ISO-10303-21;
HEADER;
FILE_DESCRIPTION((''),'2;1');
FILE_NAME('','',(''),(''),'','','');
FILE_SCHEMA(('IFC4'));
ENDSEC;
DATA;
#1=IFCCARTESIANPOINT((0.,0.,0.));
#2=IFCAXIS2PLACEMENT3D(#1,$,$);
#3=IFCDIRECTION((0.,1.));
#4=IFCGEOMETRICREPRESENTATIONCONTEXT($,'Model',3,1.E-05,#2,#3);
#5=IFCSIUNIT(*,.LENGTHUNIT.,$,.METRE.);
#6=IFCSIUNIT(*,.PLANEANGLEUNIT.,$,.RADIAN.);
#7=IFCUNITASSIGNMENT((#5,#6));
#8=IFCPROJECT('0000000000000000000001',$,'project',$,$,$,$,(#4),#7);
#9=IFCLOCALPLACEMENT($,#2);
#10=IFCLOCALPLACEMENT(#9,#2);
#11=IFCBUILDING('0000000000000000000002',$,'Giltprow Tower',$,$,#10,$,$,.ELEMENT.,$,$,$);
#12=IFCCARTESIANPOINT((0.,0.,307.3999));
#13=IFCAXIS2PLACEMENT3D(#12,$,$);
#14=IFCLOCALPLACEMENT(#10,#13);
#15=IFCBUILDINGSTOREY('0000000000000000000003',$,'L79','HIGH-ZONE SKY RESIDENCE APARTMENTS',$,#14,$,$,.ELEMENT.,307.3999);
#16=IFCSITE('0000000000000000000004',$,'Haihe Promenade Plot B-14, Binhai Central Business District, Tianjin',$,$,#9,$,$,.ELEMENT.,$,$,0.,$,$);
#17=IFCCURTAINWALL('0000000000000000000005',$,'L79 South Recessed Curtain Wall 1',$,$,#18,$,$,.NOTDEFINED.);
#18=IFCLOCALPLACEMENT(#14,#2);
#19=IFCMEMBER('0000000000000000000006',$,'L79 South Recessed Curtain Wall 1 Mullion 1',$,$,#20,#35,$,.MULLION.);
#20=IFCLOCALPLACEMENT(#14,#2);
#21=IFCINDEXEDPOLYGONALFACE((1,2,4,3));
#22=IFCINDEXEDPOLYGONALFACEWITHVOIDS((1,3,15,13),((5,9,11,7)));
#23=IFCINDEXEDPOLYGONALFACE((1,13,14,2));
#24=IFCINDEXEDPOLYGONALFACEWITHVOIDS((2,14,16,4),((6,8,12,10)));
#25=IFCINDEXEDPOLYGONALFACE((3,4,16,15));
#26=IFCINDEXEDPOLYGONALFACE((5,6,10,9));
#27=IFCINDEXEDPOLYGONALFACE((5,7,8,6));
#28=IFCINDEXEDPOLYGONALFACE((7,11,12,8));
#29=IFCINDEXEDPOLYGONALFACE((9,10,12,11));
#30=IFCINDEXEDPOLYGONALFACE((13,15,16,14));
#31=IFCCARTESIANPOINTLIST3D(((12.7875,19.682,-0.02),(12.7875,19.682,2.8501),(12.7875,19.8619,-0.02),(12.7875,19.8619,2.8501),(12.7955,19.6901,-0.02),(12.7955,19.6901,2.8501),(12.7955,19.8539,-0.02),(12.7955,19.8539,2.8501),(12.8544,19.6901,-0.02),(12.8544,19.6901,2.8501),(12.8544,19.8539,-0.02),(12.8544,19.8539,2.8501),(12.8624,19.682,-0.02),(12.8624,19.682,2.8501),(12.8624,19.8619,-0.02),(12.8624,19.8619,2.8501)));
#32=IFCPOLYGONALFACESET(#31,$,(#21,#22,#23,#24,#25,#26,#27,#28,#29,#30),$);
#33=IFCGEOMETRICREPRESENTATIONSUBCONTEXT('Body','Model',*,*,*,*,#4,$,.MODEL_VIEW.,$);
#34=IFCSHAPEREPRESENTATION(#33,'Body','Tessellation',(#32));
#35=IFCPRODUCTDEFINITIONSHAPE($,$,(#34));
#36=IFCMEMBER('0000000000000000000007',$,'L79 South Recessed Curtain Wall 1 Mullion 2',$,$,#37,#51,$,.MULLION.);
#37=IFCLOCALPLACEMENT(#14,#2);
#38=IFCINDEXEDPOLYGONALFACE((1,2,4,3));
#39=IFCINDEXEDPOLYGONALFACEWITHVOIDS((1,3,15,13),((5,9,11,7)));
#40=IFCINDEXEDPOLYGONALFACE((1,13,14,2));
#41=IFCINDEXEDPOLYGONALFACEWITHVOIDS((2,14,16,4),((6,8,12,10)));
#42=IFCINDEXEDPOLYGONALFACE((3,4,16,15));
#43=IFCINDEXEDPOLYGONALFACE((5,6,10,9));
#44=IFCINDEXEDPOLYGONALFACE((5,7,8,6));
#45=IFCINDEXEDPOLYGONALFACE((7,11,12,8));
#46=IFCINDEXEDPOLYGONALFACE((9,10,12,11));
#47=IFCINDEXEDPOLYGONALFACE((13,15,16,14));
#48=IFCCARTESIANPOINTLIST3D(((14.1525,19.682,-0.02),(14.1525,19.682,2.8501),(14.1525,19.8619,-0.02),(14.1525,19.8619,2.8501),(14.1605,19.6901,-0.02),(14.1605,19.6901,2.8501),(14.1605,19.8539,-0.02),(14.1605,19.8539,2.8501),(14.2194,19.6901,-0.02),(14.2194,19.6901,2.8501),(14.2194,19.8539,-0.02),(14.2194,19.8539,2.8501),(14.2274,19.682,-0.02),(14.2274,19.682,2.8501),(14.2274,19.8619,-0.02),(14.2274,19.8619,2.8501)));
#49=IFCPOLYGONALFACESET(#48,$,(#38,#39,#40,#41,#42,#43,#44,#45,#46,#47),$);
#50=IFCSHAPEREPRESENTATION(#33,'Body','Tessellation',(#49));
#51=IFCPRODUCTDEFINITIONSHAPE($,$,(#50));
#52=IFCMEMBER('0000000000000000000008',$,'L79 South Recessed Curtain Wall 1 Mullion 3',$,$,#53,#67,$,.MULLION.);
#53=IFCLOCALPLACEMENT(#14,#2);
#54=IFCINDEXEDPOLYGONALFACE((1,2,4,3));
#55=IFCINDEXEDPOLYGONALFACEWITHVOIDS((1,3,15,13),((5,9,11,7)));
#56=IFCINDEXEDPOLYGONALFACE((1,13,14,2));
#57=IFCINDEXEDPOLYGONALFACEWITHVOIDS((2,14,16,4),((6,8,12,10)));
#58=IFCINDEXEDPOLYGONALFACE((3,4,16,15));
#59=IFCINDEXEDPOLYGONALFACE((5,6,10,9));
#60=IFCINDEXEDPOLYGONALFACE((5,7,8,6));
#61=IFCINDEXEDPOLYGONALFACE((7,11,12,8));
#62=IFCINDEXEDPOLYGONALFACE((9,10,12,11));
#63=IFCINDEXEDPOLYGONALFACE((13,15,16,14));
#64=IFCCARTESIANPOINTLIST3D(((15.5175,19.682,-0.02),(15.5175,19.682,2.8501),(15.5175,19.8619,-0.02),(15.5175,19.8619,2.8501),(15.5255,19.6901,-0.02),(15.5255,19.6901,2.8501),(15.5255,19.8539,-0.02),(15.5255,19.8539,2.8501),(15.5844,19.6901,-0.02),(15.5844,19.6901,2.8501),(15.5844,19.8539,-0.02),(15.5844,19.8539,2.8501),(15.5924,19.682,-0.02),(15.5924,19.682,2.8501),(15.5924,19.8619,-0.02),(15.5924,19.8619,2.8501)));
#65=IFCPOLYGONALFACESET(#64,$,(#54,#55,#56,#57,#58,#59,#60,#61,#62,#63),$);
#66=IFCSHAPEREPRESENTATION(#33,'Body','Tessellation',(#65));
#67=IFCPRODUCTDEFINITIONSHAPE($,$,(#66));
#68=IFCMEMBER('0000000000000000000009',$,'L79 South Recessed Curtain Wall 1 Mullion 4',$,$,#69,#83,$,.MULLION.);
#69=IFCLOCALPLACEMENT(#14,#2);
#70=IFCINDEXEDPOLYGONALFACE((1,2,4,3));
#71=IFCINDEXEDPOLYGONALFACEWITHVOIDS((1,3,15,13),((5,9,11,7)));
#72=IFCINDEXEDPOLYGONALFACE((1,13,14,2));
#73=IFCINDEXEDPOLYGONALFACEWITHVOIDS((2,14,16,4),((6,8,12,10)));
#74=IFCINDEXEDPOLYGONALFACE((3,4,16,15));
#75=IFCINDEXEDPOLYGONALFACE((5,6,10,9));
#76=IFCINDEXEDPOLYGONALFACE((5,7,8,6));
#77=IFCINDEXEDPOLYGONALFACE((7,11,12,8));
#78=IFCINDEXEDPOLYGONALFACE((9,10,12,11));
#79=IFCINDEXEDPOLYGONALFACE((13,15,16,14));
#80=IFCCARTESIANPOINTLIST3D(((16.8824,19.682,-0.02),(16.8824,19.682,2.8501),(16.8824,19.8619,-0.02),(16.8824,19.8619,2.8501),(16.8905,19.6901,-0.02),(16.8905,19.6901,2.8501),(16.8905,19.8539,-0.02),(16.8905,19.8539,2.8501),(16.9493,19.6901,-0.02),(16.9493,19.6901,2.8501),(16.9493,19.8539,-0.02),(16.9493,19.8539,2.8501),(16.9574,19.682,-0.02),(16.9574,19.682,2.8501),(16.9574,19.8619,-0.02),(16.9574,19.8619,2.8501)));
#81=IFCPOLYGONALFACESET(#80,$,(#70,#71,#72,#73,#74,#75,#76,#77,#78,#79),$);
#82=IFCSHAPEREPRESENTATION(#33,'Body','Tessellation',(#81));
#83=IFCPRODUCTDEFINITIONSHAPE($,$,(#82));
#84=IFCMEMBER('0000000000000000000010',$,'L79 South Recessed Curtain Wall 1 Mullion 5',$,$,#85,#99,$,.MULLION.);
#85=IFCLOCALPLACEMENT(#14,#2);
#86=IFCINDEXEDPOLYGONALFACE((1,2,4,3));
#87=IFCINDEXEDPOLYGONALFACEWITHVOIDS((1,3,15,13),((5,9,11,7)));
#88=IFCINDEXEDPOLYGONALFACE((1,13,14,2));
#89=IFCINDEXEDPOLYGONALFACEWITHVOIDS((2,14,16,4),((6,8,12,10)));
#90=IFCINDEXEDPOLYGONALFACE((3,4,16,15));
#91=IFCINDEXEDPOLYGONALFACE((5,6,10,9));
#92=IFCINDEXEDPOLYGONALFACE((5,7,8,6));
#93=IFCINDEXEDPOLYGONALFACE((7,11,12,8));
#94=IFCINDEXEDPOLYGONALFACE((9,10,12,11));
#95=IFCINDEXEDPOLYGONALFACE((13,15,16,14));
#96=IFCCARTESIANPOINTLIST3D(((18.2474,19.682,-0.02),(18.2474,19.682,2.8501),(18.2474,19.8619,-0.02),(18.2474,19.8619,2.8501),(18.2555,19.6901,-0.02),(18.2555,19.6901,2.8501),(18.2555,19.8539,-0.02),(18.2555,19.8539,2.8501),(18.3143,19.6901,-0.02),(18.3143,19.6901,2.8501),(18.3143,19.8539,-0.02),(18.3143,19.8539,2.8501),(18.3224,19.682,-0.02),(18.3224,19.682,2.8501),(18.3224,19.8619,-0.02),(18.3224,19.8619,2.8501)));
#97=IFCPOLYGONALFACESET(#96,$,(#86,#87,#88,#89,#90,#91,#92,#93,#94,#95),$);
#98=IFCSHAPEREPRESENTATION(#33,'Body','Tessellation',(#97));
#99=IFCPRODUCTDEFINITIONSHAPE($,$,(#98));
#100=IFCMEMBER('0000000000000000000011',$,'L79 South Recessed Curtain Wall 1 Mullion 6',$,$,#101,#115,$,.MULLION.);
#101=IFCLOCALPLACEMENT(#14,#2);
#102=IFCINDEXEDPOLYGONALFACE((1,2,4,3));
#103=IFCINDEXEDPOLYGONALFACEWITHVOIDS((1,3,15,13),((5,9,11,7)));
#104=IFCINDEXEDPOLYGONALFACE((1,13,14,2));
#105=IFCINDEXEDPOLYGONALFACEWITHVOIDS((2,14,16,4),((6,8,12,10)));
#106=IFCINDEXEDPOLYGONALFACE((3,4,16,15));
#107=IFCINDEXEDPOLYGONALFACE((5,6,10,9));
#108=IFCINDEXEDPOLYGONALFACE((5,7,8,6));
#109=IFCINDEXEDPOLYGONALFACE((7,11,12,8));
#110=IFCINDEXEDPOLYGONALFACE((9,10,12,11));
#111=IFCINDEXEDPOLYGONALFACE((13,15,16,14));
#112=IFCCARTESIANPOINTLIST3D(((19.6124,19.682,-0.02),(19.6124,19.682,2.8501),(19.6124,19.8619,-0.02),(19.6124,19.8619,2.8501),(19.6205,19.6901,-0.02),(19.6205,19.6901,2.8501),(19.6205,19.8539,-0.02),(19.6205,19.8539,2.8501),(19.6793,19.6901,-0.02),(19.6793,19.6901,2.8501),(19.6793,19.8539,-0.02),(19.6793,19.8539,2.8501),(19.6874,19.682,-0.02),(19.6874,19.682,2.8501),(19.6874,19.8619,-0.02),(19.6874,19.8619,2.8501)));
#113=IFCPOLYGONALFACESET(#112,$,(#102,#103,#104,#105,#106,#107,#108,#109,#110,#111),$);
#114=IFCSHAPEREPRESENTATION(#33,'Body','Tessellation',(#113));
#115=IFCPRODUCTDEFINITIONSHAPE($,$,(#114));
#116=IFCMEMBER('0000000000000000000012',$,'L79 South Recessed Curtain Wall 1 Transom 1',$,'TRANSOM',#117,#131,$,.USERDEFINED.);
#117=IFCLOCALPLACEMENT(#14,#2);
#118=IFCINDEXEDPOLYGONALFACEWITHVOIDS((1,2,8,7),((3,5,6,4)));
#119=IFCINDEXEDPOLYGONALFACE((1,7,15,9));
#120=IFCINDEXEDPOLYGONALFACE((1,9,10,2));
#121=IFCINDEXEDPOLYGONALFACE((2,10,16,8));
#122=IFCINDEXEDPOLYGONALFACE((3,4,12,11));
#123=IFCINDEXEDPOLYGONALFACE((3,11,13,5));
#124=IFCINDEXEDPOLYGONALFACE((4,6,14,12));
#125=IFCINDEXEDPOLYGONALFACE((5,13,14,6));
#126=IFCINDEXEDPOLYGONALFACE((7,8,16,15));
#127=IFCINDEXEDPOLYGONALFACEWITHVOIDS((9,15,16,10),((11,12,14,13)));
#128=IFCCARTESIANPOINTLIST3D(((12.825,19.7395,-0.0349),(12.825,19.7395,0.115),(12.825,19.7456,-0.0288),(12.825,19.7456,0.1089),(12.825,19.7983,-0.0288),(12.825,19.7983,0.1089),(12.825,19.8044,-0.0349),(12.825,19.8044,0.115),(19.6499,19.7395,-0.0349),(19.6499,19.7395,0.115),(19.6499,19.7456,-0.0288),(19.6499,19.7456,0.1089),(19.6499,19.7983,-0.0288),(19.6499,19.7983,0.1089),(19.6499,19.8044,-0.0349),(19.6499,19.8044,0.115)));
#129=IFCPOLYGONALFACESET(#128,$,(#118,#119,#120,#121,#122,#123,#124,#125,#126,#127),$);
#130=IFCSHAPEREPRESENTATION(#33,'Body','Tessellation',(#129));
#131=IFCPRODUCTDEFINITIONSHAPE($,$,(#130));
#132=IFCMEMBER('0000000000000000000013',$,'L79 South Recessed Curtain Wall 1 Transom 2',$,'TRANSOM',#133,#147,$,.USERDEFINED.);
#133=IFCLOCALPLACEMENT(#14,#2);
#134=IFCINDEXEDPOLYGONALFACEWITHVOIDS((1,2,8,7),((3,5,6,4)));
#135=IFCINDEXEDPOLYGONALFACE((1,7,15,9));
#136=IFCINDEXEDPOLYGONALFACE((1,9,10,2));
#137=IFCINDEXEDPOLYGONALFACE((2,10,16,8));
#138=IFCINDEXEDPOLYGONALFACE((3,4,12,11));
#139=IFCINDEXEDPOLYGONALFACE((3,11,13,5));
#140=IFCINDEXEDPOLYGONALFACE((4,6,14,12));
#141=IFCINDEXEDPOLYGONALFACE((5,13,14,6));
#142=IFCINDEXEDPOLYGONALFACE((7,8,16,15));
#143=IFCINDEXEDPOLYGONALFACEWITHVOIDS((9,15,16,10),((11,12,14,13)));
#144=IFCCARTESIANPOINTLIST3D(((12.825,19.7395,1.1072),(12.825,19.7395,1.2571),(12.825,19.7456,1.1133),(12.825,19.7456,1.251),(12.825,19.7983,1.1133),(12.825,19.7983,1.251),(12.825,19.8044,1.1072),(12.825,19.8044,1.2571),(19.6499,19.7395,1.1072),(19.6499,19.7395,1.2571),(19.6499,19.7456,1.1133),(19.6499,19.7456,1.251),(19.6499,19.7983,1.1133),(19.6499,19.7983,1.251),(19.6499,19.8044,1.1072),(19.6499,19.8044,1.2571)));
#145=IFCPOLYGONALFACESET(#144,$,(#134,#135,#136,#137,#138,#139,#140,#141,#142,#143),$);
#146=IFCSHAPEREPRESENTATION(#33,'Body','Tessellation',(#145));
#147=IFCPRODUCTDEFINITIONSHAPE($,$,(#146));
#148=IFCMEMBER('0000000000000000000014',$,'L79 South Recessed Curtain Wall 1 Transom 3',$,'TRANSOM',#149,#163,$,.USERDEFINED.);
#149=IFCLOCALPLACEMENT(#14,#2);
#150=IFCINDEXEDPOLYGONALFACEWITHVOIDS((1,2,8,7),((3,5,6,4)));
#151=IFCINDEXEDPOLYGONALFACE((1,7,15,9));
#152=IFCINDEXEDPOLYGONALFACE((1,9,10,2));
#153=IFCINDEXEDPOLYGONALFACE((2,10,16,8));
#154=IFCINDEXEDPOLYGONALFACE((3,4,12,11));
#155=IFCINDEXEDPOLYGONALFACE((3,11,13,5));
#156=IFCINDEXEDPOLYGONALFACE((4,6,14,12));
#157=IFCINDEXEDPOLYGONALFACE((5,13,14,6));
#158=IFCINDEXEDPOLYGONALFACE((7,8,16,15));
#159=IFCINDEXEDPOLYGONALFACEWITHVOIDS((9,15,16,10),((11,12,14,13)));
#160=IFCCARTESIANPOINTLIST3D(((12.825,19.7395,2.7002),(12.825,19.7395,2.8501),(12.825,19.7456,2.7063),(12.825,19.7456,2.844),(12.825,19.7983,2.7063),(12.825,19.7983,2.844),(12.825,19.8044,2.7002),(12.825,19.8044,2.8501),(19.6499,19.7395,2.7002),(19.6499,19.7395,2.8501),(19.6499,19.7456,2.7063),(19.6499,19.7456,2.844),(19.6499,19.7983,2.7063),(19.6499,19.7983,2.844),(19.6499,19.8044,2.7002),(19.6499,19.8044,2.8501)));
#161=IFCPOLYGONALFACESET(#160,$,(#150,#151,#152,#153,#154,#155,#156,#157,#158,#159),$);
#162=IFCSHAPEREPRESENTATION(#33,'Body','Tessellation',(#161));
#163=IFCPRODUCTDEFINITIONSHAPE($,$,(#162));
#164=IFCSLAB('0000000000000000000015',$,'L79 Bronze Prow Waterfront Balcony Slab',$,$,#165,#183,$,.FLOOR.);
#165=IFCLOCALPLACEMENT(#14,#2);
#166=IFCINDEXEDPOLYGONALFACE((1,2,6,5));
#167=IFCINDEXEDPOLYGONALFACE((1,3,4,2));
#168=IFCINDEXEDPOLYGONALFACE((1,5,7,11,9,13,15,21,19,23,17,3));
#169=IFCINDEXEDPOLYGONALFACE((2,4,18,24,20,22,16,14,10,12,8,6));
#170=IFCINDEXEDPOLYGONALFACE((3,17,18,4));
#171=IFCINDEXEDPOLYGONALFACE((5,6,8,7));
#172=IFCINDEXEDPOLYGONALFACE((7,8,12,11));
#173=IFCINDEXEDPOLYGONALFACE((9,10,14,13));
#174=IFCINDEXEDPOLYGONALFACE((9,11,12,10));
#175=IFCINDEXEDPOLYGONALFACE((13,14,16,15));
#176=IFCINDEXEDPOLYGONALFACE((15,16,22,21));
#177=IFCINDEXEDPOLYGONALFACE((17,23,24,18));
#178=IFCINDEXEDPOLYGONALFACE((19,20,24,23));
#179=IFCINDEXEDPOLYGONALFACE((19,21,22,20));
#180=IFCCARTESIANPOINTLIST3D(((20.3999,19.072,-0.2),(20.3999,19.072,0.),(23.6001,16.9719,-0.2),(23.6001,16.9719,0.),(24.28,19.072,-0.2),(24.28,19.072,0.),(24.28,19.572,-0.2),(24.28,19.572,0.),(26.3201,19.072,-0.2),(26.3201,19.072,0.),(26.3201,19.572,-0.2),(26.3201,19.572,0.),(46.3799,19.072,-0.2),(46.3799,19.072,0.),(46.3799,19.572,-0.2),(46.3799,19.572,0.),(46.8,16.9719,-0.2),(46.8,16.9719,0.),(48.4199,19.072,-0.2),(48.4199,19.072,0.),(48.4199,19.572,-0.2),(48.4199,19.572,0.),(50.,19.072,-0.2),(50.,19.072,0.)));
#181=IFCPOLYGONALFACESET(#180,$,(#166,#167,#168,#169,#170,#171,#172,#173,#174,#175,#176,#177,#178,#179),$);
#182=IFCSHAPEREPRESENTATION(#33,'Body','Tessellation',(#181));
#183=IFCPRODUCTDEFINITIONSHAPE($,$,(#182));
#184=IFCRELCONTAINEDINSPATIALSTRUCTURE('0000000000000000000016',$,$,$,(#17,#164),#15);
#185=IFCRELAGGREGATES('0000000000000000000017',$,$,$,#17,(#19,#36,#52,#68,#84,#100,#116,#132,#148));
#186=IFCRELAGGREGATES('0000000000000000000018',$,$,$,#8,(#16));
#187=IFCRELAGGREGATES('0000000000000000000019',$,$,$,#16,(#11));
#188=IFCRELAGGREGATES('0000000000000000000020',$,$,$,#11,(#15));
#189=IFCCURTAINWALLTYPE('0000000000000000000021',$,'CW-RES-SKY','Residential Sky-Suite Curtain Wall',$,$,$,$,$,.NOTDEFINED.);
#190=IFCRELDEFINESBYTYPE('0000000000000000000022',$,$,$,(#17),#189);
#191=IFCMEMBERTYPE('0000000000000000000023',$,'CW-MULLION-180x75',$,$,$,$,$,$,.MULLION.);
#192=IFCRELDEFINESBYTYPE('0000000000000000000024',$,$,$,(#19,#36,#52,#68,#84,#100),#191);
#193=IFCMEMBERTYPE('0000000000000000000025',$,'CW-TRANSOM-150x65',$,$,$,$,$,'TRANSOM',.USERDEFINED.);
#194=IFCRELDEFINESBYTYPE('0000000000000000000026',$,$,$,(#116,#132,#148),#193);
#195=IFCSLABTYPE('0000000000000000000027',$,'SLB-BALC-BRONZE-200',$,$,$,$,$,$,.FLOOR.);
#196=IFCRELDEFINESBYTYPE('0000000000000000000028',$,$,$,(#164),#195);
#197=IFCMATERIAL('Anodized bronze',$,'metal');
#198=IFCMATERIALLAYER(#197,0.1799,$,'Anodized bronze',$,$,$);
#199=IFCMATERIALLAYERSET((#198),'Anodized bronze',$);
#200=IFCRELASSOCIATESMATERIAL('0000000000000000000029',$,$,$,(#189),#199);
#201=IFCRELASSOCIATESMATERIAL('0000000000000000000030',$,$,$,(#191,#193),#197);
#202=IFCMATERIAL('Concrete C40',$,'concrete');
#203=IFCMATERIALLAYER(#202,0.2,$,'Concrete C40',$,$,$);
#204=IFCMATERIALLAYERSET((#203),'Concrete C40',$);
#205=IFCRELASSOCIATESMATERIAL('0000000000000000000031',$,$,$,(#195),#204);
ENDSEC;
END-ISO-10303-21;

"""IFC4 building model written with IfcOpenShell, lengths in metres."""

from ifc_helpers import new_model, si_unit, direction, frame, origin, origin_2d, place, context, subcontext, project, spatial, polyline, hollow_rectangle, outline, extrude, source, transform, mapped, material, layer, layer_set, material_profile, profile_set, type_object, element, aggregate, save


model = new_model("IFC4")

# Units and contexts
model_context = context("Model", 3, precision=1e-05, world=origin(), true_north=direction((0.0, 1.0)))
body_context = subcontext(model_context, "Body", "Model", "MODEL_VIEW")
ifc_project = project(units=[si_unit("LENGTHUNIT", "METRE"), si_unit("PLANEANGLEUNIT", "RADIAN")], contexts=[model_context])

# Site, building, storey
site_placement = place(None, origin())
site = spatial("IfcSite", under=ifc_project, at=site_placement, Name="Haihe Promenade Plot B-14, Binhai Central Business District, Tianjin", CompositionType="ELEMENT", RefElevation=0.0)
building_placement = place(site_placement, origin())
building = spatial("IfcBuilding", under=site, at=building_placement, Name="Giltprow Tower", CompositionType="ELEMENT")
storey_placement = place(building_placement, frame((0.0, 0.0, 307.3999)))
storey = spatial("IfcBuildingStorey", under=building, at=storey_placement, Name="L79", Description="HIGH-ZONE SKY RESIDENCE APARTMENTS", CompositionType="ELEMENT", Elevation=307.3999)

# Curtain wall, members
ifc_material_1 = material(Name="Anodized bronze", Category="metal")
ifc_layer_1 = layer(ifc_material_1, 0.1799, Name="Anodized bronze")
ifc_layer_set_1 = layer_set([ifc_layer_1], Name="Anodized bronze")
curtain_wall_type = type_object("IfcCurtainWallType", Name="CW-RES-SKY", Description="Residential Sky-Suite Curtain Wall", PredefinedType="NOTDEFINED", material=ifc_layer_set_1)
curtain_wall_placement = place(storey_placement, origin())
curtain_wall = element("IfcCurtainWall", 1, at=curtain_wall_placement, inside=storey, type_object=curtain_wall_type, Name="L79 South Recessed Curtain Wall 1", PredefinedType="NOTDEFINED")
ifc_material_profile_1 = material_profile(ifc_material_1, hollow_rectangle(XDim=0.075, YDim=0.1799, WallThickness=0.0081, at=origin_2d()), Name="RHS 180x75x8")
ifc_profile_set_1 = profile_set([ifc_material_profile_1], Name="Anodized bronze")
member_type_1 = type_object("IfcMemberType", Name="CW-MULLION-180x75", PredefinedType="MULLION", material=ifc_profile_set_1)
shared_shape_1 = source(origin(), body_context, "Body", "SweptSolid", [
    extrude(hollow_rectangle(XDim=0.075, YDim=0.1799, WallThickness=0.0081, at=origin_2d()), origin(), (0.0, 0.0, 1.0), 2.8701),
])
member_1_placement = place(storey_placement, frame((12.825, 19.772, -0.02), z_axis=(0.0, 0.0, 1.0), x_axis=(1.0, 0.0, 0.0)))
member_1 = element("IfcMember", 2, at=member_1_placement, type_object=member_type_1, Name="L79 South Recessed Curtain Wall 1 Mullion 1", PredefinedType="MULLION", context=body_context, shape_type="MappedRepresentation", body=[
    mapped(shared_shape_1, transform((0.0, 0.0, 0.0), x_axis=(1.0, 0.0, 0.0), y_axis=(0.0, 1.0, 0.0), z_axis=(0.0, 0.0, 1.0), scale=1.0)),
])
member_2_placement = place(storey_placement, frame((14.1899, 19.772, -0.02), z_axis=(0.0, 0.0, 1.0), x_axis=(1.0, 0.0, 0.0)))
member_2 = element("IfcMember", 3, at=member_2_placement, type_object=member_type_1, Name="L79 South Recessed Curtain Wall 1 Mullion 2", PredefinedType="MULLION", context=body_context, shape_type="MappedRepresentation", body=[
    mapped(shared_shape_1, transform((0.0, 0.0, 0.0), x_axis=(1.0, 0.0, 0.0), y_axis=(0.0, 1.0, 0.0), z_axis=(0.0, 0.0, 1.0), scale=1.0)),
])
member_3_placement = place(storey_placement, frame((15.5549, 19.772, -0.02), z_axis=(0.0, 0.0, 1.0), x_axis=(1.0, 0.0, 0.0)))
member_3 = element("IfcMember", 4, at=member_3_placement, type_object=member_type_1, Name="L79 South Recessed Curtain Wall 1 Mullion 3", PredefinedType="MULLION", context=body_context, shape_type="MappedRepresentation", body=[
    mapped(shared_shape_1, transform((0.0, 0.0, 0.0), x_axis=(1.0, 0.0, 0.0), y_axis=(0.0, 1.0, 0.0), z_axis=(0.0, 0.0, 1.0), scale=1.0)),
])
member_4_placement = place(storey_placement, frame((16.9199, 19.772, -0.02), z_axis=(0.0, 0.0, 1.0), x_axis=(1.0, 0.0, 0.0)))
member_4 = element("IfcMember", 5, at=member_4_placement, type_object=member_type_1, Name="L79 South Recessed Curtain Wall 1 Mullion 4", PredefinedType="MULLION", context=body_context, shape_type="MappedRepresentation", body=[
    mapped(shared_shape_1, transform((0.0, 0.0, 0.0), x_axis=(1.0, 0.0, 0.0), y_axis=(0.0, 1.0, 0.0), z_axis=(0.0, 0.0, 1.0), scale=1.0)),
])
member_5_placement = place(storey_placement, frame((18.2849, 19.772, -0.02), z_axis=(0.0, 0.0, 1.0), x_axis=(1.0, 0.0, 0.0)))
member_5 = element("IfcMember", 6, at=member_5_placement, type_object=member_type_1, Name="L79 South Recessed Curtain Wall 1 Mullion 5", PredefinedType="MULLION", context=body_context, shape_type="MappedRepresentation", body=[
    mapped(shared_shape_1, transform((0.0, 0.0, 0.0), x_axis=(1.0, 0.0, 0.0), y_axis=(0.0, 1.0, 0.0), z_axis=(0.0, 0.0, 1.0), scale=1.0)),
])
member_6_placement = place(storey_placement, frame((19.6499, 19.772, -0.02), z_axis=(0.0, 0.0, 1.0), x_axis=(1.0, 0.0, 0.0)))
member_6 = element("IfcMember", 7, at=member_6_placement, type_object=member_type_1, Name="L79 South Recessed Curtain Wall 1 Mullion 6", PredefinedType="MULLION", context=body_context, shape_type="MappedRepresentation", body=[
    mapped(shared_shape_1, transform((0.0, 0.0, 0.0), x_axis=(1.0, 0.0, 0.0), y_axis=(0.0, 1.0, 0.0), z_axis=(0.0, 0.0, 1.0), scale=1.0)),
])
ifc_material_profile_2 = material_profile(ifc_material_1, hollow_rectangle(XDim=0.0649, YDim=0.1499, WallThickness=0.0061, at=origin_2d()), Name="RHS 150x65x6")
ifc_profile_set_2 = profile_set([ifc_material_profile_2], Name="Anodized bronze")
member_type_2 = type_object("IfcMemberType", Name="CW-TRANSOM-150x65", ElementType="TRANSOM", PredefinedType="USERDEFINED", material=ifc_profile_set_2)
shared_shape_2 = source(origin(), body_context, "Body", "SweptSolid", [
    extrude(hollow_rectangle(XDim=0.0649, YDim=0.1499, WallThickness=0.0061, at=origin_2d()), origin(), (0.0, 0.0, 1.0), 6.825),
])
member_7_placement = place(storey_placement, frame((12.825, 19.772, 0.04), z_axis=(1.0, 0.0, 0.0), x_axis=(0.0, 1.0, 0.0)))
member_7 = element("IfcMember", 8, at=member_7_placement, type_object=member_type_2, Name="L79 South Recessed Curtain Wall 1 Transom 1", ObjectType="TRANSOM", PredefinedType="USERDEFINED", context=body_context, shape_type="MappedRepresentation", body=[
    mapped(shared_shape_2, transform((0.0, 0.0, 0.0), x_axis=(1.0, 0.0, 0.0), y_axis=(0.0, 1.0, 0.0), z_axis=(0.0, 0.0, 1.0), scale=1.0)),
])
member_8_placement = place(storey_placement, frame((12.825, 19.772, 1.1821), z_axis=(1.0, 0.0, 0.0), x_axis=(0.0, 1.0, 0.0)))
member_8 = element("IfcMember", 9, at=member_8_placement, type_object=member_type_2, Name="L79 South Recessed Curtain Wall 1 Transom 2", ObjectType="TRANSOM", PredefinedType="USERDEFINED", context=body_context, shape_type="MappedRepresentation", body=[
    mapped(shared_shape_2, transform((0.0, 0.0, 0.0), x_axis=(1.0, 0.0, 0.0), y_axis=(0.0, 1.0, 0.0), z_axis=(0.0, 0.0, 1.0), scale=1.0)),
])
member_9_placement = place(storey_placement, frame((12.825, 19.772, 2.7751), z_axis=(1.0, 0.0, 0.0), x_axis=(0.0, 1.0, 0.0)))
member_9 = element("IfcMember", 10, at=member_9_placement, type_object=member_type_2, Name="L79 South Recessed Curtain Wall 1 Transom 3", ObjectType="TRANSOM", PredefinedType="USERDEFINED", context=body_context, shape_type="MappedRepresentation", body=[
    mapped(shared_shape_2, transform((0.0, 0.0, 0.0), x_axis=(1.0, 0.0, 0.0), y_axis=(0.0, 1.0, 0.0), z_axis=(0.0, 0.0, 1.0), scale=1.0)),
])

# Slab
ifc_material_2 = material(Name="Concrete C40", Category="concrete")
ifc_layer_2 = layer(ifc_material_2, 0.2, Name="Concrete C40")
ifc_layer_set_2 = layer_set([ifc_layer_2], Name="Concrete C40")
slab_type_1 = type_object("IfcSlabType", Name="SLB-BALC-BRONZE-200", PredefinedType="FLOOR", material=ifc_layer_set_2)
slab_1_placement = place(storey_placement, frame((0.0, 0.0, -0.2)))
element("IfcSlab", 11, at=slab_1_placement, inside=storey, type_object=slab_type_1, Name="L79 Bronze Prow Waterfront Balcony Slab", PredefinedType="FLOOR", context=body_context, shape_type="SweptSolid", body=[
    extrude(outline(polyline([(50.0, 19.072), (46.8, 16.9719), (23.6001, 16.9719), (20.3999, 19.072), (24.28, 19.072), (24.28, 19.572), (26.3201, 19.572), (26.3201, 19.072), (46.3799, 19.072), (46.3799, 19.572), (48.4199, 19.572), (48.4199, 19.072), (50.0, 19.072)])), origin(), (0.0, 0.0, 1.0), 0.2),
])

aggregate(curtain_wall, [member_1, member_2, member_3, member_4, member_5, member_6, member_7, member_8, member_9])

save(model, "model.ifc")
